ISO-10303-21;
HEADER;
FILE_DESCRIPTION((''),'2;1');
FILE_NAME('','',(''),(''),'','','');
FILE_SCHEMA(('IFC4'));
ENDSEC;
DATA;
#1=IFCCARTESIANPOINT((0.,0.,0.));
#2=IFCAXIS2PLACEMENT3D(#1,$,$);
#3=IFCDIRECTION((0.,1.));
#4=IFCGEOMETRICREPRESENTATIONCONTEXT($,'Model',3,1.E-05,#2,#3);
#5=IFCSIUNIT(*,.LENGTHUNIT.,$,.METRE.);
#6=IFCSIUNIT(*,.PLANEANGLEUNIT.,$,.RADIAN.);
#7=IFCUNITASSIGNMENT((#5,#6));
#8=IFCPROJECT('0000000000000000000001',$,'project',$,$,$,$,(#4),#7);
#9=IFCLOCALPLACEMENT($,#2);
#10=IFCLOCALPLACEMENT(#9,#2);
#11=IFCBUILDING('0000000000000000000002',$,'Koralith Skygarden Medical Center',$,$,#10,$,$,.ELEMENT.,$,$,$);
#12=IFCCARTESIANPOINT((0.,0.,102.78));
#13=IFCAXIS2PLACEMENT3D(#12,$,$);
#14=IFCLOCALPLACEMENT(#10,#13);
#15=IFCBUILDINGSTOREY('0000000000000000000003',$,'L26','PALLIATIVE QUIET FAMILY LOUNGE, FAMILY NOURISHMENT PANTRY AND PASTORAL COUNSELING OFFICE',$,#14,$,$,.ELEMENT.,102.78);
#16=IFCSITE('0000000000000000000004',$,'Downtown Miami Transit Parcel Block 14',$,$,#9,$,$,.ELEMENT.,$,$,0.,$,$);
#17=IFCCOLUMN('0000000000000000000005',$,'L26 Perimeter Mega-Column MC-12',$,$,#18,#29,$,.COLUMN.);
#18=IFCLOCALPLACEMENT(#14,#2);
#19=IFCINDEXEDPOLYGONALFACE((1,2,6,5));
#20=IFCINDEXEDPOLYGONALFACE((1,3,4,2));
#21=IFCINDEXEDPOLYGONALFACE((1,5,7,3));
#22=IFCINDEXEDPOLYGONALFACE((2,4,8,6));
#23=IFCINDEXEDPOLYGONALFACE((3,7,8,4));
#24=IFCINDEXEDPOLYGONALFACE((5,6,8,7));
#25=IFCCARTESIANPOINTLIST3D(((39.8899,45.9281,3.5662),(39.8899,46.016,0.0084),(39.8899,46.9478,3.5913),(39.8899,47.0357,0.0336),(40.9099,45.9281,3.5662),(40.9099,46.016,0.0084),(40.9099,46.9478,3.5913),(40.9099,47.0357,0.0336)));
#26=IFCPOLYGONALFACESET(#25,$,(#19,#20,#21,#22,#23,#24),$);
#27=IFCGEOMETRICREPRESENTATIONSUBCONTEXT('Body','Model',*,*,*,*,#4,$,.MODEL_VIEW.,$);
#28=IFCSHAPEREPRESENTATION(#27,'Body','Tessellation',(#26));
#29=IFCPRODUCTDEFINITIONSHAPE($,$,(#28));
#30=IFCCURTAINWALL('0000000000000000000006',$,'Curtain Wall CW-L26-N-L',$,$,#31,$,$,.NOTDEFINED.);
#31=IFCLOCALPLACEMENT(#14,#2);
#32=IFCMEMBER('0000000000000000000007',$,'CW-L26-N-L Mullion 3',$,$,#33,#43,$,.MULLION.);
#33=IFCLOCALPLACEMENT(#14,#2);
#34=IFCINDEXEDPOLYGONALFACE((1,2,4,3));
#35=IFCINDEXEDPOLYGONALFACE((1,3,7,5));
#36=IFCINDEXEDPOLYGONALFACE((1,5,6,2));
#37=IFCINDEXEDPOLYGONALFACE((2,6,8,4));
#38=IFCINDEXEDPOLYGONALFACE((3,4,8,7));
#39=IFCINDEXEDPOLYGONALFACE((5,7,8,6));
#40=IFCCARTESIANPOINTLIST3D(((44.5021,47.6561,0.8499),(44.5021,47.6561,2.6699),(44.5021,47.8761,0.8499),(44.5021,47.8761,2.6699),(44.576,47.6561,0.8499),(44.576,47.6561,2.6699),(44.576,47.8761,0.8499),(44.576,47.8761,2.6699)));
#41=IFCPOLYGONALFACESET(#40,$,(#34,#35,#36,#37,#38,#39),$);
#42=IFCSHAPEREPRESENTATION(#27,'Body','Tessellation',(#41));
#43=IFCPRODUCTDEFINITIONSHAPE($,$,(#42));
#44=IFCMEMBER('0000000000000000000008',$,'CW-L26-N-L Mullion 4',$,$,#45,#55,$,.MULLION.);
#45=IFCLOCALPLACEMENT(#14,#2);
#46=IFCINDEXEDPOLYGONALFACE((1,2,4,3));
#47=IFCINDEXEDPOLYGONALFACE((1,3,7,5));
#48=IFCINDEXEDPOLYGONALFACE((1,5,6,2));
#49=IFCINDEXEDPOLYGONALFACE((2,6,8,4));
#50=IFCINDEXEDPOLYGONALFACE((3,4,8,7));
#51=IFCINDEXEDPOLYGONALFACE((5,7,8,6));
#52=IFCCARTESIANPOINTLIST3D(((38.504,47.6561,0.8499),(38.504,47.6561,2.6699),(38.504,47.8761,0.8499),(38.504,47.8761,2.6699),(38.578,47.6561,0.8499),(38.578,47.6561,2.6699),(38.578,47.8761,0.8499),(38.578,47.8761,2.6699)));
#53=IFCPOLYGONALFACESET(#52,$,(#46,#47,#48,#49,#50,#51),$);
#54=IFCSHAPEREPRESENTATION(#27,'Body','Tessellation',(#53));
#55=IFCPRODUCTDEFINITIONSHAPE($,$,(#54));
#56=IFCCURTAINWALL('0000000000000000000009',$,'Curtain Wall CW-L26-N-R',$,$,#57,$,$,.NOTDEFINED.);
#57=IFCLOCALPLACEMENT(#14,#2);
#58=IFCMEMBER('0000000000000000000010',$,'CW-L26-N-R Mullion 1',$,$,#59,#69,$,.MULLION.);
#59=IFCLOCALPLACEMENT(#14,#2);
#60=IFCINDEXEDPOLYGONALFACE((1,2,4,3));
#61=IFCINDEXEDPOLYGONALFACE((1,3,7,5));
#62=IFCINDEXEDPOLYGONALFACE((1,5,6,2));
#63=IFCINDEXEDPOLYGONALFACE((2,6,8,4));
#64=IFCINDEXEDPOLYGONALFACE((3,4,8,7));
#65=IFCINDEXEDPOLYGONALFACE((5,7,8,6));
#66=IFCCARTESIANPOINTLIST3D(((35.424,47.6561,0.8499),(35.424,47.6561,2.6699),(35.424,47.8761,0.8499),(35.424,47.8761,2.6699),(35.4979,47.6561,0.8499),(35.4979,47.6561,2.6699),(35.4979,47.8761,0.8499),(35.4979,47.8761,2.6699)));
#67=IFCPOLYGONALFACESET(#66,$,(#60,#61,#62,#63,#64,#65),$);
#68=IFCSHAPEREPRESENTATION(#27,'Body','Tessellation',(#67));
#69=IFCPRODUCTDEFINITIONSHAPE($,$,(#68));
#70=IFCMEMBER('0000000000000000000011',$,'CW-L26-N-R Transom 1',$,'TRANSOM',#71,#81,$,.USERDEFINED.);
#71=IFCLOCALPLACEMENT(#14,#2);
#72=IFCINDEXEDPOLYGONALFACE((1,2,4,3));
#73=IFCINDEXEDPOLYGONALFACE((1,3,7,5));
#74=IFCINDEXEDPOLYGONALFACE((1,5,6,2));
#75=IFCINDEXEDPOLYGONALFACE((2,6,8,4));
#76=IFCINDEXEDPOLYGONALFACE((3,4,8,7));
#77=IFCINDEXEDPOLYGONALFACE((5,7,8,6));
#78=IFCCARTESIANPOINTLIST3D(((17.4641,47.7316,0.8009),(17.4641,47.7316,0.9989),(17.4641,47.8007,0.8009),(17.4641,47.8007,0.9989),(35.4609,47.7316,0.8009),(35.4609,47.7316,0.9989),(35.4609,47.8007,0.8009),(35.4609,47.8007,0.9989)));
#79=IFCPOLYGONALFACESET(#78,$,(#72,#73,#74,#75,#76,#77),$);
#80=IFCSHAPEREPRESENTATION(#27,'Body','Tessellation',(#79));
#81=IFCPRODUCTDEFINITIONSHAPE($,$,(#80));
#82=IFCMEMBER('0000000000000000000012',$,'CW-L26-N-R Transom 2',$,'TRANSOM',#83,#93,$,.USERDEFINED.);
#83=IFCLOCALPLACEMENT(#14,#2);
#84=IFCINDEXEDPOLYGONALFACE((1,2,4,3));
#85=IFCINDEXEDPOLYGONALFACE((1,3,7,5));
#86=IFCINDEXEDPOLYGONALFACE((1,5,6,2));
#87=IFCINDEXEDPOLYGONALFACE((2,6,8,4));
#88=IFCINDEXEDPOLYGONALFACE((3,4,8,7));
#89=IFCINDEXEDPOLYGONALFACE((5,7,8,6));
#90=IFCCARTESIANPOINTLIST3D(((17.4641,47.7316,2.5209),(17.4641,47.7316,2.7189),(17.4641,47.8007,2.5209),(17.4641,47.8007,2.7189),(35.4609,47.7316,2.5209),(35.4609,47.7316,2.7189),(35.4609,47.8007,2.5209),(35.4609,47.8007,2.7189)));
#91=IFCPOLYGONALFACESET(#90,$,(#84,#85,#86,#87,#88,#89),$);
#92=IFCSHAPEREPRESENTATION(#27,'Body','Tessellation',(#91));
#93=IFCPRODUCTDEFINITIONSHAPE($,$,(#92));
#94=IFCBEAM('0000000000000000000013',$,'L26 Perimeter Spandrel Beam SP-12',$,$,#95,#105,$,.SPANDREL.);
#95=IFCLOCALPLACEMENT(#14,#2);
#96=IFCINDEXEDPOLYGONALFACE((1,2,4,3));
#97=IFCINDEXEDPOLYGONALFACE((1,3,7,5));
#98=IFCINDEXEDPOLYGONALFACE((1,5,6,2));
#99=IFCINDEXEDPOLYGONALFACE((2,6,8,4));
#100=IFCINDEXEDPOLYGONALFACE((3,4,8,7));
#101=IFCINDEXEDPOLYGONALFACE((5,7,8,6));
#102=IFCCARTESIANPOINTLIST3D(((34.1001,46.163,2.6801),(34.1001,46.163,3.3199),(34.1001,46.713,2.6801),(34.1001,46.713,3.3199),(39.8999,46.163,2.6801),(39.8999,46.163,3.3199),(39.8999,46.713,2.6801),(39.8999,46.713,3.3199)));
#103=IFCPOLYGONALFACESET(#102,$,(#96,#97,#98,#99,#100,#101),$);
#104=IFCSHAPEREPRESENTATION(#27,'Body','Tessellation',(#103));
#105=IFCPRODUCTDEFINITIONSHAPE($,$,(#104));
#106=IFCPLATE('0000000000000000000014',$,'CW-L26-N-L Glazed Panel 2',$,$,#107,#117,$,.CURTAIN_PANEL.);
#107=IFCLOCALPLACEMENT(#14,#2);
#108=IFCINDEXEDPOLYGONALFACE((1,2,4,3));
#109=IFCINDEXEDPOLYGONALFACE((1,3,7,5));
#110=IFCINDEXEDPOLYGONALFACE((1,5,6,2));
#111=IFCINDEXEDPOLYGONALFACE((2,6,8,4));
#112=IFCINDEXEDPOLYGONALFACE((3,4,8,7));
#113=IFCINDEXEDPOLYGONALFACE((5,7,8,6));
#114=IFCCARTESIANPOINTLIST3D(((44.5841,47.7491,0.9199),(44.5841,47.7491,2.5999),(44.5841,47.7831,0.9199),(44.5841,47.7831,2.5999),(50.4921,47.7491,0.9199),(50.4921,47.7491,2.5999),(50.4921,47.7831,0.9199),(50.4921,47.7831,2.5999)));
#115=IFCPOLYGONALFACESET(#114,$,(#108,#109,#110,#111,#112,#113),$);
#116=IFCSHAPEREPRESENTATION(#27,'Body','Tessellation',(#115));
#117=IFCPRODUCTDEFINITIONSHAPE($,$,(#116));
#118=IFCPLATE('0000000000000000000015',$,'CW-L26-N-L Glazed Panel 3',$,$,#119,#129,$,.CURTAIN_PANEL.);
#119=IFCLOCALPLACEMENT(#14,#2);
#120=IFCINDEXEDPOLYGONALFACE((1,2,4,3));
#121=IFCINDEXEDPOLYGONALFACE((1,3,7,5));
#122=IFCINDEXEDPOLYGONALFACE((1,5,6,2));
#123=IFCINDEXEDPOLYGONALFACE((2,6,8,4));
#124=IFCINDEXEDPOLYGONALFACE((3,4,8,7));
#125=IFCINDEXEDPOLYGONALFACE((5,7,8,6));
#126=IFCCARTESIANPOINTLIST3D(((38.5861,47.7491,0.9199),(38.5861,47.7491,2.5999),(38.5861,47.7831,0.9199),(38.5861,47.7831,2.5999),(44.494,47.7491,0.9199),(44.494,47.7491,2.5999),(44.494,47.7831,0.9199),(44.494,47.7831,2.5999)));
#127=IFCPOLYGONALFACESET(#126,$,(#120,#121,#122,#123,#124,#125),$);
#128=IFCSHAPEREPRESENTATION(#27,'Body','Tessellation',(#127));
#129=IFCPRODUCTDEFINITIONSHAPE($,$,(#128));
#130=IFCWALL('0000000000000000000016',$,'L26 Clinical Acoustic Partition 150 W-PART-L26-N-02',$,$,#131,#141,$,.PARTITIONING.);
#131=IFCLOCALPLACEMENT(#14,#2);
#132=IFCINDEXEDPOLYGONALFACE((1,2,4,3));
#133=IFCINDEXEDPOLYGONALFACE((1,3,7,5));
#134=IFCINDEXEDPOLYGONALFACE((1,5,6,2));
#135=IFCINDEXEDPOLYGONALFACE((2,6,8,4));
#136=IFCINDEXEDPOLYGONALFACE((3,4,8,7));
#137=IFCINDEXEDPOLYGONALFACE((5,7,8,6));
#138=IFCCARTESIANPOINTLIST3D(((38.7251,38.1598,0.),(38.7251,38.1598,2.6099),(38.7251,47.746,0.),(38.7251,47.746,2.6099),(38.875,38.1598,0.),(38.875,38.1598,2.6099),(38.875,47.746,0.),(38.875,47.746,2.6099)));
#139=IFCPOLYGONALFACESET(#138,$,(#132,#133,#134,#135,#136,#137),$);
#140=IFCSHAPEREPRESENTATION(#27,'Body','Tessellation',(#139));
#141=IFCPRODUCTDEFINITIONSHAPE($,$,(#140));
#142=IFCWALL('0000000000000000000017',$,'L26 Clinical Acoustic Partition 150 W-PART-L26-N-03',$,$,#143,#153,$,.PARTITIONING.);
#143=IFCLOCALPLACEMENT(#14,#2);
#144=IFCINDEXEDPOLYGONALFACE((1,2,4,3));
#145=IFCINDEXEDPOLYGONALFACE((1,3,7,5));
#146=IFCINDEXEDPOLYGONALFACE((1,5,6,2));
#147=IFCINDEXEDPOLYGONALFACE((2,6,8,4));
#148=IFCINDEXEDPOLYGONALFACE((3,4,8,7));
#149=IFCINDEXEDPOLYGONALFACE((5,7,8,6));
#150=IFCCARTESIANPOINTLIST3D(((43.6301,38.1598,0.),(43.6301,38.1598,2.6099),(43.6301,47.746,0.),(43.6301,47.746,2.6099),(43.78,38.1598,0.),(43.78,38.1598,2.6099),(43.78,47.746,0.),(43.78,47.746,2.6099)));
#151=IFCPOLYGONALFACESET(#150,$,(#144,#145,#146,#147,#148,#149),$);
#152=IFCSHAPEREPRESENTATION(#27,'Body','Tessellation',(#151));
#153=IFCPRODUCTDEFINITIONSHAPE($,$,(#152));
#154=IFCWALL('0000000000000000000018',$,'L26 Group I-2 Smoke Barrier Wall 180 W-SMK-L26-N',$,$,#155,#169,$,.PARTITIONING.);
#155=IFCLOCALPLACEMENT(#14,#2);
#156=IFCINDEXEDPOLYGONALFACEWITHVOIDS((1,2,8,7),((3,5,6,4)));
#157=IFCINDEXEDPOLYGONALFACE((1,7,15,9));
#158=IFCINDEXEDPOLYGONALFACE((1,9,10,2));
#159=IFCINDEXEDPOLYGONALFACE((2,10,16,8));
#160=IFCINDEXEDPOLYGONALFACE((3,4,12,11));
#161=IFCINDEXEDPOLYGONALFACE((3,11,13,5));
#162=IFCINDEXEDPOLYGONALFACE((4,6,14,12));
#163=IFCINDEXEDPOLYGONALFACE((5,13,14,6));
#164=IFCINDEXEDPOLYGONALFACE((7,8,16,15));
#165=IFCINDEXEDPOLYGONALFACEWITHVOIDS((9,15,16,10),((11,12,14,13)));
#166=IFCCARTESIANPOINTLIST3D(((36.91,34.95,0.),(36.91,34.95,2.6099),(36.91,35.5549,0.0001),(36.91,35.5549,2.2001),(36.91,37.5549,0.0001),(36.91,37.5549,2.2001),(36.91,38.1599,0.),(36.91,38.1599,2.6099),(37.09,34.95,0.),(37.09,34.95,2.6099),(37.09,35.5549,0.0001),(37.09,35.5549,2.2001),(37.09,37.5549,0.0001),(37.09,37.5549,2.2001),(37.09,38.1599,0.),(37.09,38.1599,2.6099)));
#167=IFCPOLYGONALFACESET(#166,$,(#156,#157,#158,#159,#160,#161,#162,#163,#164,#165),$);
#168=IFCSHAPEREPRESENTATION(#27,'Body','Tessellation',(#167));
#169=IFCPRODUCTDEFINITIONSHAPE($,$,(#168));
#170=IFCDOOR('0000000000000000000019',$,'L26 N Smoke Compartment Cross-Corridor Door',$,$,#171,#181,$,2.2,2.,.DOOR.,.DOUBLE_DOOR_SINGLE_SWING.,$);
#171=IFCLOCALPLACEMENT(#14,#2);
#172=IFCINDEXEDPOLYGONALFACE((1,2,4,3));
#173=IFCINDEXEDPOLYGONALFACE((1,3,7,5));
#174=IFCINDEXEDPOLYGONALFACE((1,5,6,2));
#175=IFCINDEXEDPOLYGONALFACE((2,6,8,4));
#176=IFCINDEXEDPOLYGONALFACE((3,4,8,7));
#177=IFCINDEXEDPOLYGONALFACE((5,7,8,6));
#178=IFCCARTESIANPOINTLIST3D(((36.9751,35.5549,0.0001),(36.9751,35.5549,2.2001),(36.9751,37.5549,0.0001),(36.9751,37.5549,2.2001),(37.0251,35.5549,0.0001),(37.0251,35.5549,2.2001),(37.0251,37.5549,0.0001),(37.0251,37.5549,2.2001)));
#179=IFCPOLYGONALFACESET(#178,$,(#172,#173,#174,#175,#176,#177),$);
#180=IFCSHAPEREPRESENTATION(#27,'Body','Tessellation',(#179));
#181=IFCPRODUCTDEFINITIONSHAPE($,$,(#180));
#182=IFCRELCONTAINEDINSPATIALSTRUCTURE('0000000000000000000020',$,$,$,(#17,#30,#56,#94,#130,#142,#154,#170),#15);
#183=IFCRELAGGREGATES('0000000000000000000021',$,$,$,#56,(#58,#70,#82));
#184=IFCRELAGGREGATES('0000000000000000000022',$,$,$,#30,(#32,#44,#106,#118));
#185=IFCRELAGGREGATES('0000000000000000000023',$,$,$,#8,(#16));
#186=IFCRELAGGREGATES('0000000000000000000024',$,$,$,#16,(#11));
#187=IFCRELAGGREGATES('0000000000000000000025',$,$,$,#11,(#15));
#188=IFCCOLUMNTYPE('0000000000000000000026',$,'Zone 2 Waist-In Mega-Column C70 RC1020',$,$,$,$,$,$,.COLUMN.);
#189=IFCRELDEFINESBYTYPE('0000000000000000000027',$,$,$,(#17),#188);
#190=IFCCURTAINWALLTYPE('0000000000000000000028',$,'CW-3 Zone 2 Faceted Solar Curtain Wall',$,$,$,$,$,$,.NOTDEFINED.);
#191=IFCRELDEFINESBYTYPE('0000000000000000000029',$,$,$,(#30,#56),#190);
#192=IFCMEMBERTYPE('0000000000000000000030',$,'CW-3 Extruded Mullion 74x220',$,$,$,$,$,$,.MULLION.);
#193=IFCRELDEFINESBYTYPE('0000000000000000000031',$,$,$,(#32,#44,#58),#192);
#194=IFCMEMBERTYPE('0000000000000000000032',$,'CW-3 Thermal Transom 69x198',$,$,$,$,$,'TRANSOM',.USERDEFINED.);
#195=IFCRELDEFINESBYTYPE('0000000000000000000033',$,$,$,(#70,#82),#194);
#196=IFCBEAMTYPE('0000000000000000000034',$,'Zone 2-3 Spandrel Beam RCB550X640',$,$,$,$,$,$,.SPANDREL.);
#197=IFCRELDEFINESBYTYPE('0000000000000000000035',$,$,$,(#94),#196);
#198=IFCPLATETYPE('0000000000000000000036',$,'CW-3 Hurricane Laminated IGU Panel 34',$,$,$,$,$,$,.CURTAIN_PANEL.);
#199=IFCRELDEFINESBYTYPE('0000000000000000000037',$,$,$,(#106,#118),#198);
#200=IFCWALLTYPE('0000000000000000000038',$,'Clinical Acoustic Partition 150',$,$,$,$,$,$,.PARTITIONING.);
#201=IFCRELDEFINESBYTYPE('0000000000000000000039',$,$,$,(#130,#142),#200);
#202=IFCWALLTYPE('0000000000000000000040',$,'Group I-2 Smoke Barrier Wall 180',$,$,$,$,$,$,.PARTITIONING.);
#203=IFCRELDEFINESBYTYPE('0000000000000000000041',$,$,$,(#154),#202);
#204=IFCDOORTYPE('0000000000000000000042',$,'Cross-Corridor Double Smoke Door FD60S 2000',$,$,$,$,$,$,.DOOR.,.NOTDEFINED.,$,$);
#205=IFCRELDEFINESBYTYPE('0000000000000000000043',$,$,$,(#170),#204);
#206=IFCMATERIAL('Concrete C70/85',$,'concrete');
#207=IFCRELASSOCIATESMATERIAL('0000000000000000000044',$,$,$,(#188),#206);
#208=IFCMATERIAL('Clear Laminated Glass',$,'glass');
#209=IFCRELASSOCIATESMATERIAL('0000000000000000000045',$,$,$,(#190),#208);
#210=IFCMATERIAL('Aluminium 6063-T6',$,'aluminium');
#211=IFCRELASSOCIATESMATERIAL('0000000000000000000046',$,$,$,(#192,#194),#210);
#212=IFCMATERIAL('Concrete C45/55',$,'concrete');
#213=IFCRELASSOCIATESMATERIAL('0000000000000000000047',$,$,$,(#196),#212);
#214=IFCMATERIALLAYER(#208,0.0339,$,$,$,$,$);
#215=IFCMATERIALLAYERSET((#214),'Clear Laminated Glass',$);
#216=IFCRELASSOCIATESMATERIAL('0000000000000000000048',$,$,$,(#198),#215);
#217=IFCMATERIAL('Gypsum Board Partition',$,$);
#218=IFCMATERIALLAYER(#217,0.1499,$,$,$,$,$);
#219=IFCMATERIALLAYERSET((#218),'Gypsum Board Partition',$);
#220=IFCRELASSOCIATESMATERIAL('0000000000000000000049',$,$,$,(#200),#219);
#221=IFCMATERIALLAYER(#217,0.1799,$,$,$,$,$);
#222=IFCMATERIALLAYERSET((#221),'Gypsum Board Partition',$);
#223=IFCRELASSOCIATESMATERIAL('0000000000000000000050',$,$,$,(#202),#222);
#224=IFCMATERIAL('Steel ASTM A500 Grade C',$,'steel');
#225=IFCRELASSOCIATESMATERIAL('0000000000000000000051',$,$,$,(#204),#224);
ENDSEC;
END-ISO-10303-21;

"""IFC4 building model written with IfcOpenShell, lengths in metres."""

from ifc_helpers import new_model, si_unit, direction, frame, frame_2d, origin, origin_2d, place, context, subcontext, project, spatial, rectangle, extrude, material, layer, layer_set, material_profile, profile_set, type_object, element, fill, aggregate, save


model = new_model("IFC4")

# Units and contexts
model_context = context("Model", 3, precision=1e-05, world=origin(), true_north=direction((0.0, 1.0)))
body_context = subcontext(model_context, "Body", "Model", "MODEL_VIEW")
ifc_project = project(units=[si_unit("LENGTHUNIT", "METRE"), si_unit("PLANEANGLEUNIT", "RADIAN")], contexts=[model_context])

# Site, building, storey
site_placement = place(None, origin())
site = spatial("IfcSite", under=ifc_project, at=site_placement, Name="Downtown Miami Transit Parcel Block 14", CompositionType="ELEMENT", RefElevation=0.0)
building_placement = place(site_placement, origin())
building = spatial("IfcBuilding", under=site, at=building_placement, Name="Koralith Skygarden Medical Center", CompositionType="ELEMENT")
storey_placement = place(building_placement, frame((0.0, 0.0, 102.78)))
storey = spatial("IfcBuildingStorey", under=building, at=storey_placement, Name="L26", Description="PALLIATIVE QUIET FAMILY LOUNGE, FAMILY NOURISHMENT PANTRY AND PASTORAL COUNSELING OFFICE", CompositionType="ELEMENT", Elevation=102.78)

# Column
ifc_material_1 = material(Name="Concrete C70/85", Category="concrete")
ifc_material_profile_1 = material_profile(ifc_material_1, rectangle(XDim=1.02, YDim=1.02, at=origin_2d()), Name="RC1020X1020")
ifc_profile_set_1 = profile_set([ifc_material_profile_1], Name="Concrete C70/85")
column_type = type_object("IfcColumnType", Name="Zone 2 Waist-In Mega-Column C70 RC1020", PredefinedType="COLUMN", material=ifc_profile_set_1)
column_placement = place(storey_placement, frame((40.3999, 46.5259, 0.021), z_axis=(0.0, -0.024696, 0.999695), x_axis=(1.0, 0.0, 0.0)))
element("IfcColumn", 1, at=column_placement, inside=storey, type_object=column_type, Name="L26 Perimeter Mega-Column MC-12", PredefinedType="COLUMN", context=body_context, shape_type="SweptSolid", body=[
    extrude(rectangle(XDim=1.02, YDim=1.02, at=origin_2d()), origin(), (0.0, 0.0, 1.0), 3.5588),
])

# Curtain walls, members
ifc_material_2 = material(Name="Clear Laminated Glass", Category="glass")
curtain_wall_type = type_object("IfcCurtainWallType", Name="CW-3 Zone 2 Faceted Solar Curtain Wall", PredefinedType="NOTDEFINED", material=ifc_material_2)
curtain_wall_1_placement = place(storey_placement, origin())
curtain_wall_1 = element("IfcCurtainWall", 2, at=curtain_wall_1_placement, inside=storey, type_object=curtain_wall_type, Name="Curtain Wall CW-L26-N-L", PredefinedType="NOTDEFINED")
ifc_material_3 = material(Name="Aluminium 6063-T6", Category="aluminium")
ifc_material_profile_2 = material_profile(ifc_material_3, rectangle(XDim=0.074, YDim=0.22, at=origin_2d()), Name="MUL74X220")
ifc_profile_set_2 = profile_set([ifc_material_profile_2], Name="Aluminium 6063-T6")
member_type_1 = type_object("IfcMemberType", Name="CW-3 Extruded Mullion 74x220", PredefinedType="MULLION", material=ifc_profile_set_2)
member_1_placement = place(storey_placement, frame((44.5391, 47.7661, 0.8499), z_axis=(0.0, 0.0, 1.0), x_axis=(1.0, 0.0, 0.0)))
member_1 = element("IfcMember", 3, at=member_1_placement, type_object=member_type_1, Name="CW-L26-N-L Mullion 3", PredefinedType="MULLION", context=body_context, shape_type="SweptSolid", body=[
    extrude(rectangle(XDim=0.074, YDim=0.22, at=origin_2d()), origin(), (0.0, 0.0, 1.0), 1.8201),
])
member_2_placement = place(storey_placement, frame((38.541, 47.7661, 0.8499), z_axis=(0.0, 0.0, 1.0), x_axis=(1.0, 0.0, 0.0)))
member_2 = element("IfcMember", 4, at=member_2_placement, type_object=member_type_1, Name="CW-L26-N-L Mullion 4", PredefinedType="MULLION", context=body_context, shape_type="SweptSolid", body=[
    extrude(rectangle(XDim=0.074, YDim=0.22, at=origin_2d()), origin(), (0.0, 0.0, 1.0), 1.8201),
])
curtain_wall_2_placement = place(storey_placement, origin())
curtain_wall_2 = element("IfcCurtainWall", 5, at=curtain_wall_2_placement, inside=storey, type_object=curtain_wall_type, Name="Curtain Wall CW-L26-N-R", PredefinedType="NOTDEFINED")
member_3_placement = place(storey_placement, frame((35.4609, 47.7661, 0.8499), z_axis=(0.0, 0.0, 1.0), x_axis=(1.0, 0.0, 0.0)))
member_3 = element("IfcMember", 6, at=member_3_placement, type_object=member_type_1, Name="CW-L26-N-R Mullion 1", PredefinedType="MULLION", context=body_context, shape_type="SweptSolid", body=[
    extrude(rectangle(XDim=0.074, YDim=0.22, at=origin_2d()), origin(), (0.0, 0.0, 1.0), 1.8201),
])
ifc_material_profile_3 = material_profile(ifc_material_3, rectangle(XDim=0.0691, YDim=0.198, at=origin_2d()), Name="TRN69X198")
ifc_profile_set_3 = profile_set([ifc_material_profile_3], Name="Aluminium 6063-T6")
member_type_2 = type_object("IfcMemberType", Name="CW-3 Thermal Transom 69x198", ElementType="TRANSOM", PredefinedType="USERDEFINED", material=ifc_profile_set_3)
member_4_placement = place(storey_placement, frame((35.4609, 47.7661, 0.8999), z_axis=(-1.0, 0.0, 0.0), x_axis=(0.0, -1.0, 0.0)))
member_4 = element("IfcMember", 7, at=member_4_placement, type_object=member_type_2, Name="CW-L26-N-R Transom 1", ObjectType="TRANSOM", PredefinedType="USERDEFINED", context=body_context, shape_type="SweptSolid", body=[
    extrude(rectangle(XDim=0.0691, YDim=0.198, at=origin_2d()), origin(), (0.0, 0.0, 1.0), 17.9968),
])
member_5_placement = place(storey_placement, frame((35.4609, 47.7661, 2.6199), z_axis=(-1.0, 0.0, 0.0), x_axis=(0.0, -1.0, 0.0)))
member_5 = element("IfcMember", 8, at=member_5_placement, type_object=member_type_2, Name="CW-L26-N-R Transom 2", ObjectType="TRANSOM", PredefinedType="USERDEFINED", context=body_context, shape_type="SweptSolid", body=[
    extrude(rectangle(XDim=0.0691, YDim=0.198, at=origin_2d()), origin(), (0.0, 0.0, 1.0), 17.9968),
])
aggregate(curtain_wall_2, [member_3, member_4, member_5])

# Beam
ifc_material_4 = material(Name="Concrete C45/55", Category="concrete")
ifc_material_profile_4 = material_profile(ifc_material_4, rectangle(XDim=0.55, YDim=0.6399, at=origin_2d()), Name="RCB550X640")
ifc_profile_set_4 = profile_set([ifc_material_profile_4], Name="Concrete C45/55")
beam_type = type_object("IfcBeamType", Name="Zone 2-3 Spandrel Beam RCB550X640", PredefinedType="SPANDREL", material=ifc_profile_set_4)
beam_placement = place(storey_placement, frame((39.8999, 46.438, 3.0), z_axis=(-1.0, 0.0, 0.0), x_axis=(0.0, -1.0, 0.0)))
element("IfcBeam", 9, at=beam_placement, inside=storey, type_object=beam_type, Name="L26 Perimeter Spandrel Beam SP-12", PredefinedType="SPANDREL", context=body_context, shape_type="SweptSolid", body=[
    extrude(rectangle(XDim=0.55, YDim=0.6399, at=origin_2d()), origin(), (0.0, 0.0, 1.0), 5.7998),
])

# Plates
ifc_layer_1 = layer(ifc_material_2, 0.0339)
ifc_layer_set_1 = layer_set([ifc_layer_1], Name="Clear Laminated Glass")
plate_type = type_object("IfcPlateType", Name="CW-3 Hurricane Laminated IGU Panel 34", PredefinedType="CURTAIN_PANEL", material=ifc_layer_set_1)
plate_1_placement = place(storey_placement, frame((47.5381, 47.7661, 0.9199), z_axis=(0.0, 0.0, 1.0), x_axis=(-1.0, 0.0, 0.0)))
plate_1 = element("IfcPlate", 10, at=plate_1_placement, type_object=plate_type, Name="CW-L26-N-L Glazed Panel 2", PredefinedType="CURTAIN_PANEL", context=body_context, shape_type="SweptSolid", body=[
    extrude(rectangle(XDim=5.908, YDim=0.0339, at=origin_2d()), origin(), (0.0, 0.0, 1.0), 1.6799),
])
plate_2_placement = place(storey_placement, frame((41.54, 47.7661, 0.9199), z_axis=(0.0, 0.0, 1.0), x_axis=(-1.0, 0.0, 0.0)))
plate_2 = element("IfcPlate", 11, at=plate_2_placement, type_object=plate_type, Name="CW-L26-N-L Glazed Panel 3", PredefinedType="CURTAIN_PANEL", context=body_context, shape_type="SweptSolid", body=[
    extrude(rectangle(XDim=5.908, YDim=0.0339, at=origin_2d()), origin(), (0.0, 0.0, 1.0), 1.6799),
])
aggregate(curtain_wall_1, [member_1, member_2, plate_1, plate_2])

# Walls
ifc_material_5 = material(Name="Gypsum Board Partition")
ifc_layer_2 = layer(ifc_material_5, 0.1499)
ifc_layer_set_2 = layer_set([ifc_layer_2], Name="Gypsum Board Partition")
wall_type_1 = type_object("IfcWallType", Name="Clinical Acoustic Partition 150", PredefinedType="PARTITIONING", material=ifc_layer_set_2)
for number, where, z_axis, x_axis, name in (
    (12, (38.8, 38.1599, 0.0), (0.0, 0.0, 1.0), (0.0, 1.0, 0.0), "L26 Clinical Acoustic Partition 150 W-PART-L26-N-02"),
    (13, (43.7051, 38.1599, 0.0), (0.0, 0.0, 1.0), (0.0, 1.0, 0.0), "L26 Clinical Acoustic Partition 150 W-PART-L26-N-03"),
):
    element("IfcWall", number, at=place(storey_placement, frame(where, z_axis=z_axis, x_axis=x_axis)), inside=storey, type_object=wall_type_1, Name=name, PredefinedType="PARTITIONING", context=body_context, shape_type="SweptSolid", body=[
        extrude(rectangle(XDim=9.5862, YDim=0.1499, at=frame_2d((4.793, 0.0))), origin(), (0.0, 0.0, 1.0), 2.6099),
    ])

# Wall, opening, door
ifc_layer_3 = layer(ifc_material_5, 0.1799)
ifc_layer_set_3 = layer_set([ifc_layer_3], Name="Gypsum Board Partition")
wall_type_2 = type_object("IfcWallType", Name="Group I-2 Smoke Barrier Wall 180", PredefinedType="PARTITIONING", material=ifc_layer_set_3)
wall_1_placement = place(storey_placement, frame((37.0, 34.95, 0.0), z_axis=(0.0, 0.0, 1.0), x_axis=(0.0, 1.0, 0.0)))
wall_1 = element("IfcWall", 14, at=wall_1_placement, inside=storey, type_object=wall_type_2, Name="L26 Group I-2 Smoke Barrier Wall 180 W-SMK-L26-N", PredefinedType="PARTITIONING", context=body_context, shape_type="SweptSolid", body=[
    extrude(rectangle(XDim=3.21, YDim=0.1799, at=frame_2d((1.605, 0.0))), origin(), (0.0, 0.0, 1.0), 2.6099),
])
opening_1_placement = place(wall_1_placement, frame((0.605, 0.0, 0.0)))
opening_1 = element("IfcOpeningElement", 15, at=opening_1_placement, cuts=wall_1, PredefinedType="OPENING", context=body_context, shape_type="SweptSolid", body=[
    extrude(rectangle(XDim=2.0, YDim=2.2, at=frame_2d((1.0, 1.1001))), frame((0.0, 0.0999, 0.0), z_axis=(0.0, -1.0, 0.0), x_axis=(1.0, 0.0, 0.0)), (0.0, 0.0, 1.0), 0.2),
])
ifc_material_6 = material(Name="Steel ASTM A500 Grade C", Category="steel")
door_type_1 = type_object("IfcDoorType", Name="Cross-Corridor Double Smoke Door FD60S 2000", OperationType="NOTDEFINED", PredefinedType="DOOR", material=ifc_material_6)
door_1_placement = place(opening_1_placement, origin())
door_1 = element("IfcDoor", 16, at=door_1_placement, inside=storey, type_object=door_type_1, Name="L26 N Smoke Compartment Cross-Corridor Door", OperationType="DOUBLE_DOOR_SINGLE_SWING", OverallHeight=2.2, OverallWidth=2.0, PredefinedType="DOOR", context=body_context, shape_type="SweptSolid", body=[
    extrude(rectangle(XDim=2.0, YDim=2.2, at=frame_2d((1.0, 1.1001))), frame((0.0, 0.0249, 0.0), z_axis=(0.0, -1.0, 0.0), x_axis=(1.0, 0.0, 0.0)), (0.0, 0.0, 1.0), 0.05),
])
fill(opening_1, door_1)

save(model, "model.ifc")
